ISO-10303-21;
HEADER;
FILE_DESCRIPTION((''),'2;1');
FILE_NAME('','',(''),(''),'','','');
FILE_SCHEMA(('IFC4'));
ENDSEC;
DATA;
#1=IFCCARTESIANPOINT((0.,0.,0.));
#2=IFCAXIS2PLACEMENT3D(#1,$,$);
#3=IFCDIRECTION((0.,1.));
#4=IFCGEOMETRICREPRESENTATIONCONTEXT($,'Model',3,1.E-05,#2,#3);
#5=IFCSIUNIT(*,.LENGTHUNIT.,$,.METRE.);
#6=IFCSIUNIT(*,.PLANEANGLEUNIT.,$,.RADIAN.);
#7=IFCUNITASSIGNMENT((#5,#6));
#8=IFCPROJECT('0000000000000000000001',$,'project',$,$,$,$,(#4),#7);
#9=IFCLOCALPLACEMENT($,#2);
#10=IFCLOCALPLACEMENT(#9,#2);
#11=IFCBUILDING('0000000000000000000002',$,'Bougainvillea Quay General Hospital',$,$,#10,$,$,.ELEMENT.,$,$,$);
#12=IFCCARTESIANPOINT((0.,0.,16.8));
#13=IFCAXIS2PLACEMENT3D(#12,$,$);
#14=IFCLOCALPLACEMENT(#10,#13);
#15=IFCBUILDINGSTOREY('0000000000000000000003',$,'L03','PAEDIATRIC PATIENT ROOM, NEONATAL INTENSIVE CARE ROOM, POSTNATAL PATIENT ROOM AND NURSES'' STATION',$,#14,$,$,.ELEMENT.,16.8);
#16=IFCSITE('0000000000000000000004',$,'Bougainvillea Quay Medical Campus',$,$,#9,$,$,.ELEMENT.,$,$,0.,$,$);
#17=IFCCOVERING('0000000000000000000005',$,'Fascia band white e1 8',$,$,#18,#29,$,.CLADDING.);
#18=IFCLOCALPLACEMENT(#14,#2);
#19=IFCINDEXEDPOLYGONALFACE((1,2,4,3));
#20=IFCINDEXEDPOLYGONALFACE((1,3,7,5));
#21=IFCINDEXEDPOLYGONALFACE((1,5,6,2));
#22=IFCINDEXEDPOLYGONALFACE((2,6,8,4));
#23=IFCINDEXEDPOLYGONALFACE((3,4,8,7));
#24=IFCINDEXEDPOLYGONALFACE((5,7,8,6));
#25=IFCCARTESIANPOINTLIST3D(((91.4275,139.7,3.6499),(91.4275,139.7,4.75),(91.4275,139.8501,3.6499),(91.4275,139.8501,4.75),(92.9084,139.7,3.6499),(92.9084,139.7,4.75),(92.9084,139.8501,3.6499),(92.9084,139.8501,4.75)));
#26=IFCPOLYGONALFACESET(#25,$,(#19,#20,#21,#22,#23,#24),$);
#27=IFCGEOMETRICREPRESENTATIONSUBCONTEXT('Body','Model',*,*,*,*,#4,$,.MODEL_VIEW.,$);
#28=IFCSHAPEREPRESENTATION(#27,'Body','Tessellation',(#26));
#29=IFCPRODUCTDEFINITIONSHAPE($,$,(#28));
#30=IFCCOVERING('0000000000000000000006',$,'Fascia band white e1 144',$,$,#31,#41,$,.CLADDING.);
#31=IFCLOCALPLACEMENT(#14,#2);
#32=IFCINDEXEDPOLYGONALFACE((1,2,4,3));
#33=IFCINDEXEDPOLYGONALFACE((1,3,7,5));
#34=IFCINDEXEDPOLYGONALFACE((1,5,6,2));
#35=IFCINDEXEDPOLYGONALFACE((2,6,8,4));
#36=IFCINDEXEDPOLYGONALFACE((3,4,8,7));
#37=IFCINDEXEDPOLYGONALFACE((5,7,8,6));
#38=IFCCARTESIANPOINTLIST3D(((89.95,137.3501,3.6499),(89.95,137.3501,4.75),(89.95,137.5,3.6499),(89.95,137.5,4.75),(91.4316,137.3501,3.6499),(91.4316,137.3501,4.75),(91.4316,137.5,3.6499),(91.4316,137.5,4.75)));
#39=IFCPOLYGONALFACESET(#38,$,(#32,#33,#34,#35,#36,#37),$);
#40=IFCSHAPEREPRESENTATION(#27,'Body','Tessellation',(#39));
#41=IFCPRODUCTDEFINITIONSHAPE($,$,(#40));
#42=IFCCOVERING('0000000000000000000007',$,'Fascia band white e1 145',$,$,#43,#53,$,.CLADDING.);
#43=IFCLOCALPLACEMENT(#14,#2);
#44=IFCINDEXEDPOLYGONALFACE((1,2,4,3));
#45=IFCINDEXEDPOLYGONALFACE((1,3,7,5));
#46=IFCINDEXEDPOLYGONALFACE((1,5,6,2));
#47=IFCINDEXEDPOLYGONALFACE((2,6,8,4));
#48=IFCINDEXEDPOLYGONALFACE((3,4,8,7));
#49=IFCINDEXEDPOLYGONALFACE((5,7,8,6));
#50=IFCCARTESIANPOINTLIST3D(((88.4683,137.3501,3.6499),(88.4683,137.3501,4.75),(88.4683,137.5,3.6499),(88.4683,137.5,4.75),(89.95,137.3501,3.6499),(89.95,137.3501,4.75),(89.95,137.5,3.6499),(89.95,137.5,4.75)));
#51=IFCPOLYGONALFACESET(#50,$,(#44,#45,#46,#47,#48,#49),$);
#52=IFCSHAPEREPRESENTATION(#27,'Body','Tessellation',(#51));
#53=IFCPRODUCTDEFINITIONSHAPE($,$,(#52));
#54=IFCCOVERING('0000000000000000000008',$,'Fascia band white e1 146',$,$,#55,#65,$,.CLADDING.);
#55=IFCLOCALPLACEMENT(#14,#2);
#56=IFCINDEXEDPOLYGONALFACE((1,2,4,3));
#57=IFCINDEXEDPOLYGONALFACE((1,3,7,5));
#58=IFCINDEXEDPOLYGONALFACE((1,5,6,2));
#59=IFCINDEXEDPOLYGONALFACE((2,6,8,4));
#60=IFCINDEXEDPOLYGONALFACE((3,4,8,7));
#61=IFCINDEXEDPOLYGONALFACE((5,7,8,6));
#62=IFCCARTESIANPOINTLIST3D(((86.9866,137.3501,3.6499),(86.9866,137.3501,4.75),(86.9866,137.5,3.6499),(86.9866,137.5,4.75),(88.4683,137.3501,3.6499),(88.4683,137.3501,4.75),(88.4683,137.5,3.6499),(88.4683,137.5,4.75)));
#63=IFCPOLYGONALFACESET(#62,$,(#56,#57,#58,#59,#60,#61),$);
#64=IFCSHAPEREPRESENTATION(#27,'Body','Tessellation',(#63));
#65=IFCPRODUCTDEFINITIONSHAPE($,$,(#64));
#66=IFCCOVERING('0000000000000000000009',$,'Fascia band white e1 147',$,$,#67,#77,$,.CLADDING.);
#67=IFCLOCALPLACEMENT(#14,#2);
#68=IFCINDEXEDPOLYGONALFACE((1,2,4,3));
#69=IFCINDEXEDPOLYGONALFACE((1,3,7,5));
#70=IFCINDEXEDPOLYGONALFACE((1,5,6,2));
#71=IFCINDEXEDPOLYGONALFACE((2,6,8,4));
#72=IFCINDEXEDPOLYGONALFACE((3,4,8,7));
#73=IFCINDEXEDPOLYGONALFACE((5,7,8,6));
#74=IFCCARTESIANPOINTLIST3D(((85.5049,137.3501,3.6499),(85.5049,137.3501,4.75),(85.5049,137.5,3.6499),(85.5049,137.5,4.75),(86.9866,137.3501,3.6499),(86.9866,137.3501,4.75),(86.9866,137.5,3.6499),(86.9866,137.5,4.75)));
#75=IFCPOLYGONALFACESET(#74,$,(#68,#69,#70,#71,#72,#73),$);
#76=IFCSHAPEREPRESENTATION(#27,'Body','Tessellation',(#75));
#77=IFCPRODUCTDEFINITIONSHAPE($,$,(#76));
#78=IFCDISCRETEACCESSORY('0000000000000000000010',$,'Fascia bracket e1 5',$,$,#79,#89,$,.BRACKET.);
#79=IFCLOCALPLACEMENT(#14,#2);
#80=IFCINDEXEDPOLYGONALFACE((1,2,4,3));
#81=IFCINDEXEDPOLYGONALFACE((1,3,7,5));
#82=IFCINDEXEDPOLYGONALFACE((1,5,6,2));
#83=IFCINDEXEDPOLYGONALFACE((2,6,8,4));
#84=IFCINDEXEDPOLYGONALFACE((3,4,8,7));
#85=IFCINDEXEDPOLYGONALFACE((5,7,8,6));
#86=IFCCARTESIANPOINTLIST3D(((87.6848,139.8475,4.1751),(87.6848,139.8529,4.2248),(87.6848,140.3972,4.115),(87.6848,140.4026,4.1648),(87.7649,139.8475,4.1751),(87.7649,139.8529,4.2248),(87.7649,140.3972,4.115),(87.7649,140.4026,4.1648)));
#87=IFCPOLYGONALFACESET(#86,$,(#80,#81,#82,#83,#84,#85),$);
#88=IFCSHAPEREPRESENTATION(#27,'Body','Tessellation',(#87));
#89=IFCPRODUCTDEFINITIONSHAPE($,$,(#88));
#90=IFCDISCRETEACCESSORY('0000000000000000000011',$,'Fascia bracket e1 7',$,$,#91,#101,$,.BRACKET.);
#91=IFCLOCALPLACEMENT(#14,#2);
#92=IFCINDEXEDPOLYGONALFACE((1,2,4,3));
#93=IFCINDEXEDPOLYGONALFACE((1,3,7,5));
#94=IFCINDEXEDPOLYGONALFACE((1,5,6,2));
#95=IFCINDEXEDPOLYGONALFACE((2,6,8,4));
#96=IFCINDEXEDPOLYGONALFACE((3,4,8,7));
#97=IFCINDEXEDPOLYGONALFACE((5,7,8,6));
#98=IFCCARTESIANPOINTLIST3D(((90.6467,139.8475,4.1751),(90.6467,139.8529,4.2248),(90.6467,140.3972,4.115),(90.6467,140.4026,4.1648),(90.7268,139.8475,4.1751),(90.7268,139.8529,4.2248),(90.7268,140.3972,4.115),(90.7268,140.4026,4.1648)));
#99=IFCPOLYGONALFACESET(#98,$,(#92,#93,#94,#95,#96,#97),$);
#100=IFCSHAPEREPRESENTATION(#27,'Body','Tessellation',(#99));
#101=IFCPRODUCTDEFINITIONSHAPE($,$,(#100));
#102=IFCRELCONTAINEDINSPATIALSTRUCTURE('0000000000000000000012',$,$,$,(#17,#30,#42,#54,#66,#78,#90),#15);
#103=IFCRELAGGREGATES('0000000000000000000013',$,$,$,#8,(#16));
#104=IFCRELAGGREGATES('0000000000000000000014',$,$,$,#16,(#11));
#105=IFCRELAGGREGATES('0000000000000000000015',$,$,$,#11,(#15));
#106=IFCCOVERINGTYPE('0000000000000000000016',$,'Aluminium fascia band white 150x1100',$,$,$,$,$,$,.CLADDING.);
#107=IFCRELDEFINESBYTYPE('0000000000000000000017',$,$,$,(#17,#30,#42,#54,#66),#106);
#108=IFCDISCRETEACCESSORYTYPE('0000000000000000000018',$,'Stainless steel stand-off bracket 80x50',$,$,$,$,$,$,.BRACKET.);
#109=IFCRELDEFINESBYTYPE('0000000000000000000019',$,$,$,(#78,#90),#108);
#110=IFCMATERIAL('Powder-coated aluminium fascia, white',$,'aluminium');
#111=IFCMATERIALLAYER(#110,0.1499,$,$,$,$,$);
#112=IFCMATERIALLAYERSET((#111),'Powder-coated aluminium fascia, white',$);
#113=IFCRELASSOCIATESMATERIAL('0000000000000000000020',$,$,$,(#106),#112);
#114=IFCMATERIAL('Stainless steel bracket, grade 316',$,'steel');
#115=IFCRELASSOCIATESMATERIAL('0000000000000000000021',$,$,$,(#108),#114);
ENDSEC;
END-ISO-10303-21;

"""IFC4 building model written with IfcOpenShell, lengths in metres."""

from ifc_helpers import new_model, si_unit, direction, frame, origin, origin_2d, place, context, subcontext, project, spatial, polyline, rectangle, outline, extrude, material, layer, layer_set, material_profile, profile_set, type_object, element, save


model = new_model("IFC4")

# Units and contexts
model_context = context("Model", 3, precision=1e-05, world=origin(), true_north=direction((0.0, 1.0)))
body_context = subcontext(model_context, "Body", "Model", "MODEL_VIEW")
ifc_project = project(units=[si_unit("LENGTHUNIT", "METRE"), si_unit("PLANEANGLEUNIT", "RADIAN")], contexts=[model_context])

# Site, building, storey
site_placement = place(None, origin())
site = spatial("IfcSite", under=ifc_project, at=site_placement, Name="Bougainvillea Quay Medical Campus", CompositionType="ELEMENT", RefElevation=0.0)
building_placement = place(site_placement, origin())
building = spatial("IfcBuilding", under=site, at=building_placement, Name="Bougainvillea Quay General Hospital", CompositionType="ELEMENT")
storey_placement = place(building_placement, frame((0.0, 0.0, 16.8)))
storey = spatial("IfcBuildingStorey", under=building, at=storey_placement, Name="L03", Description="PAEDIATRIC PATIENT ROOM, NEONATAL INTENSIVE CARE ROOM, POSTNATAL PATIENT ROOM AND NURSES' STATION", CompositionType="ELEMENT", Elevation=16.8)

# Coverings
ifc_material_1 = material(Name="Powder-coated aluminium fascia, white", Category="aluminium")
ifc_layer_1 = layer(ifc_material_1, 0.1499)
ifc_layer_set_1 = layer_set([ifc_layer_1], Name="Powder-coated aluminium fascia, white")
covering_type = type_object("IfcCoveringType", Name="Aluminium fascia band white 150x1100", PredefinedType="CLADDING", material=ifc_layer_set_1)
covering_1_placement = place(storey_placement, frame((91.4275, 139.8501, 3.6499), z_axis=(0.0, 0.0, 1.0), x_axis=(1.0, 0.0, 0.0)))
element("IfcCovering", 1, at=covering_1_placement, inside=storey, type_object=covering_type, Name="Fascia band white e1 8", PredefinedType="CLADDING", context=body_context, shape_type="SweptSolid", body=[
    extrude(outline(polyline([(0.0, 0.0), (1.481, 0.0), (1.481, -0.1501), (0.0, -0.1501), (0.0, 0.0)])), origin(), (0.0, 0.0, 1.0), 1.1001),
])
for number, where, z_axis, x_axis, name in (
    (2, (91.4316, 137.3501, 3.6499), (0.0, 0.0, 1.0), (-1.0, 0.0, 0.0), "Fascia band white e1 144"),
    (3, (89.95, 137.3501, 3.6499), (0.0, 0.0, 1.0), (-1.0, 0.0, 0.0), "Fascia band white e1 145"),
    (4, (88.4683, 137.3501, 3.6499), (0.0, 0.0, 1.0), (-1.0, 0.0, 0.0), "Fascia band white e1 146"),
    (5, (86.9866, 137.3501, 3.6499), (0.0, 0.0, 1.0), (-1.0, 0.0, 0.0), "Fascia band white e1 147"),
):
    element("IfcCovering", number, at=place(storey_placement, frame(where, z_axis=z_axis, x_axis=x_axis)), inside=storey, type_object=covering_type, Name=name, PredefinedType="CLADDING", context=body_context, shape_type="SweptSolid", body=[
        extrude(outline(polyline([(0.0, 0.0), (1.4817, 0.0), (1.4817, -0.1499), (0.0, -0.1499), (0.0, 0.0)])), origin(), (0.0, 0.0, 1.0), 1.1001),
    ])

# Discrete accessories
ifc_material_2 = material(Name="Stainless steel bracket, grade 316", Category="steel")
ifc_material_profile_1 = material_profile(ifc_material_2, rectangle(XDim=0.0801, YDim=0.05, at=origin_2d()))
ifc_profile_set_1 = profile_set([ifc_material_profile_1], Name="Stainless steel bracket, grade 316")
discrete_accessory_type = type_object("IfcDiscreteAccessoryType", Name="Stainless steel stand-off bracket 80x50", PredefinedType="BRACKET", material=ifc_profile_set_1)
for number, where, z_axis, x_axis, name in (
    (6, (87.7249, 140.3999, 4.1399), (0.0, -0.994087, 0.10859), (1.0, 0.0, 0.0), "Fascia bracket e1 5"),
    (7, (90.6868, 140.3999, 4.1399), (0.0, -0.994087, 0.10859), (1.0, 0.0, 0.0), "Fascia bracket e1 7"),
):
    element("IfcDiscreteAccessory", number, at=place(storey_placement, frame(where, z_axis=z_axis, x_axis=x_axis)), inside=storey, type_object=discrete_accessory_type, Name=name, PredefinedType="BRACKET", context=body_context, shape_type="SweptSolid", body=[
        extrude(rectangle(XDim=0.0801, YDim=0.05, at=origin_2d()), origin(), (0.0, 0.0, 1.0), 0.553),
    ])

save(model, "model.ifc")
